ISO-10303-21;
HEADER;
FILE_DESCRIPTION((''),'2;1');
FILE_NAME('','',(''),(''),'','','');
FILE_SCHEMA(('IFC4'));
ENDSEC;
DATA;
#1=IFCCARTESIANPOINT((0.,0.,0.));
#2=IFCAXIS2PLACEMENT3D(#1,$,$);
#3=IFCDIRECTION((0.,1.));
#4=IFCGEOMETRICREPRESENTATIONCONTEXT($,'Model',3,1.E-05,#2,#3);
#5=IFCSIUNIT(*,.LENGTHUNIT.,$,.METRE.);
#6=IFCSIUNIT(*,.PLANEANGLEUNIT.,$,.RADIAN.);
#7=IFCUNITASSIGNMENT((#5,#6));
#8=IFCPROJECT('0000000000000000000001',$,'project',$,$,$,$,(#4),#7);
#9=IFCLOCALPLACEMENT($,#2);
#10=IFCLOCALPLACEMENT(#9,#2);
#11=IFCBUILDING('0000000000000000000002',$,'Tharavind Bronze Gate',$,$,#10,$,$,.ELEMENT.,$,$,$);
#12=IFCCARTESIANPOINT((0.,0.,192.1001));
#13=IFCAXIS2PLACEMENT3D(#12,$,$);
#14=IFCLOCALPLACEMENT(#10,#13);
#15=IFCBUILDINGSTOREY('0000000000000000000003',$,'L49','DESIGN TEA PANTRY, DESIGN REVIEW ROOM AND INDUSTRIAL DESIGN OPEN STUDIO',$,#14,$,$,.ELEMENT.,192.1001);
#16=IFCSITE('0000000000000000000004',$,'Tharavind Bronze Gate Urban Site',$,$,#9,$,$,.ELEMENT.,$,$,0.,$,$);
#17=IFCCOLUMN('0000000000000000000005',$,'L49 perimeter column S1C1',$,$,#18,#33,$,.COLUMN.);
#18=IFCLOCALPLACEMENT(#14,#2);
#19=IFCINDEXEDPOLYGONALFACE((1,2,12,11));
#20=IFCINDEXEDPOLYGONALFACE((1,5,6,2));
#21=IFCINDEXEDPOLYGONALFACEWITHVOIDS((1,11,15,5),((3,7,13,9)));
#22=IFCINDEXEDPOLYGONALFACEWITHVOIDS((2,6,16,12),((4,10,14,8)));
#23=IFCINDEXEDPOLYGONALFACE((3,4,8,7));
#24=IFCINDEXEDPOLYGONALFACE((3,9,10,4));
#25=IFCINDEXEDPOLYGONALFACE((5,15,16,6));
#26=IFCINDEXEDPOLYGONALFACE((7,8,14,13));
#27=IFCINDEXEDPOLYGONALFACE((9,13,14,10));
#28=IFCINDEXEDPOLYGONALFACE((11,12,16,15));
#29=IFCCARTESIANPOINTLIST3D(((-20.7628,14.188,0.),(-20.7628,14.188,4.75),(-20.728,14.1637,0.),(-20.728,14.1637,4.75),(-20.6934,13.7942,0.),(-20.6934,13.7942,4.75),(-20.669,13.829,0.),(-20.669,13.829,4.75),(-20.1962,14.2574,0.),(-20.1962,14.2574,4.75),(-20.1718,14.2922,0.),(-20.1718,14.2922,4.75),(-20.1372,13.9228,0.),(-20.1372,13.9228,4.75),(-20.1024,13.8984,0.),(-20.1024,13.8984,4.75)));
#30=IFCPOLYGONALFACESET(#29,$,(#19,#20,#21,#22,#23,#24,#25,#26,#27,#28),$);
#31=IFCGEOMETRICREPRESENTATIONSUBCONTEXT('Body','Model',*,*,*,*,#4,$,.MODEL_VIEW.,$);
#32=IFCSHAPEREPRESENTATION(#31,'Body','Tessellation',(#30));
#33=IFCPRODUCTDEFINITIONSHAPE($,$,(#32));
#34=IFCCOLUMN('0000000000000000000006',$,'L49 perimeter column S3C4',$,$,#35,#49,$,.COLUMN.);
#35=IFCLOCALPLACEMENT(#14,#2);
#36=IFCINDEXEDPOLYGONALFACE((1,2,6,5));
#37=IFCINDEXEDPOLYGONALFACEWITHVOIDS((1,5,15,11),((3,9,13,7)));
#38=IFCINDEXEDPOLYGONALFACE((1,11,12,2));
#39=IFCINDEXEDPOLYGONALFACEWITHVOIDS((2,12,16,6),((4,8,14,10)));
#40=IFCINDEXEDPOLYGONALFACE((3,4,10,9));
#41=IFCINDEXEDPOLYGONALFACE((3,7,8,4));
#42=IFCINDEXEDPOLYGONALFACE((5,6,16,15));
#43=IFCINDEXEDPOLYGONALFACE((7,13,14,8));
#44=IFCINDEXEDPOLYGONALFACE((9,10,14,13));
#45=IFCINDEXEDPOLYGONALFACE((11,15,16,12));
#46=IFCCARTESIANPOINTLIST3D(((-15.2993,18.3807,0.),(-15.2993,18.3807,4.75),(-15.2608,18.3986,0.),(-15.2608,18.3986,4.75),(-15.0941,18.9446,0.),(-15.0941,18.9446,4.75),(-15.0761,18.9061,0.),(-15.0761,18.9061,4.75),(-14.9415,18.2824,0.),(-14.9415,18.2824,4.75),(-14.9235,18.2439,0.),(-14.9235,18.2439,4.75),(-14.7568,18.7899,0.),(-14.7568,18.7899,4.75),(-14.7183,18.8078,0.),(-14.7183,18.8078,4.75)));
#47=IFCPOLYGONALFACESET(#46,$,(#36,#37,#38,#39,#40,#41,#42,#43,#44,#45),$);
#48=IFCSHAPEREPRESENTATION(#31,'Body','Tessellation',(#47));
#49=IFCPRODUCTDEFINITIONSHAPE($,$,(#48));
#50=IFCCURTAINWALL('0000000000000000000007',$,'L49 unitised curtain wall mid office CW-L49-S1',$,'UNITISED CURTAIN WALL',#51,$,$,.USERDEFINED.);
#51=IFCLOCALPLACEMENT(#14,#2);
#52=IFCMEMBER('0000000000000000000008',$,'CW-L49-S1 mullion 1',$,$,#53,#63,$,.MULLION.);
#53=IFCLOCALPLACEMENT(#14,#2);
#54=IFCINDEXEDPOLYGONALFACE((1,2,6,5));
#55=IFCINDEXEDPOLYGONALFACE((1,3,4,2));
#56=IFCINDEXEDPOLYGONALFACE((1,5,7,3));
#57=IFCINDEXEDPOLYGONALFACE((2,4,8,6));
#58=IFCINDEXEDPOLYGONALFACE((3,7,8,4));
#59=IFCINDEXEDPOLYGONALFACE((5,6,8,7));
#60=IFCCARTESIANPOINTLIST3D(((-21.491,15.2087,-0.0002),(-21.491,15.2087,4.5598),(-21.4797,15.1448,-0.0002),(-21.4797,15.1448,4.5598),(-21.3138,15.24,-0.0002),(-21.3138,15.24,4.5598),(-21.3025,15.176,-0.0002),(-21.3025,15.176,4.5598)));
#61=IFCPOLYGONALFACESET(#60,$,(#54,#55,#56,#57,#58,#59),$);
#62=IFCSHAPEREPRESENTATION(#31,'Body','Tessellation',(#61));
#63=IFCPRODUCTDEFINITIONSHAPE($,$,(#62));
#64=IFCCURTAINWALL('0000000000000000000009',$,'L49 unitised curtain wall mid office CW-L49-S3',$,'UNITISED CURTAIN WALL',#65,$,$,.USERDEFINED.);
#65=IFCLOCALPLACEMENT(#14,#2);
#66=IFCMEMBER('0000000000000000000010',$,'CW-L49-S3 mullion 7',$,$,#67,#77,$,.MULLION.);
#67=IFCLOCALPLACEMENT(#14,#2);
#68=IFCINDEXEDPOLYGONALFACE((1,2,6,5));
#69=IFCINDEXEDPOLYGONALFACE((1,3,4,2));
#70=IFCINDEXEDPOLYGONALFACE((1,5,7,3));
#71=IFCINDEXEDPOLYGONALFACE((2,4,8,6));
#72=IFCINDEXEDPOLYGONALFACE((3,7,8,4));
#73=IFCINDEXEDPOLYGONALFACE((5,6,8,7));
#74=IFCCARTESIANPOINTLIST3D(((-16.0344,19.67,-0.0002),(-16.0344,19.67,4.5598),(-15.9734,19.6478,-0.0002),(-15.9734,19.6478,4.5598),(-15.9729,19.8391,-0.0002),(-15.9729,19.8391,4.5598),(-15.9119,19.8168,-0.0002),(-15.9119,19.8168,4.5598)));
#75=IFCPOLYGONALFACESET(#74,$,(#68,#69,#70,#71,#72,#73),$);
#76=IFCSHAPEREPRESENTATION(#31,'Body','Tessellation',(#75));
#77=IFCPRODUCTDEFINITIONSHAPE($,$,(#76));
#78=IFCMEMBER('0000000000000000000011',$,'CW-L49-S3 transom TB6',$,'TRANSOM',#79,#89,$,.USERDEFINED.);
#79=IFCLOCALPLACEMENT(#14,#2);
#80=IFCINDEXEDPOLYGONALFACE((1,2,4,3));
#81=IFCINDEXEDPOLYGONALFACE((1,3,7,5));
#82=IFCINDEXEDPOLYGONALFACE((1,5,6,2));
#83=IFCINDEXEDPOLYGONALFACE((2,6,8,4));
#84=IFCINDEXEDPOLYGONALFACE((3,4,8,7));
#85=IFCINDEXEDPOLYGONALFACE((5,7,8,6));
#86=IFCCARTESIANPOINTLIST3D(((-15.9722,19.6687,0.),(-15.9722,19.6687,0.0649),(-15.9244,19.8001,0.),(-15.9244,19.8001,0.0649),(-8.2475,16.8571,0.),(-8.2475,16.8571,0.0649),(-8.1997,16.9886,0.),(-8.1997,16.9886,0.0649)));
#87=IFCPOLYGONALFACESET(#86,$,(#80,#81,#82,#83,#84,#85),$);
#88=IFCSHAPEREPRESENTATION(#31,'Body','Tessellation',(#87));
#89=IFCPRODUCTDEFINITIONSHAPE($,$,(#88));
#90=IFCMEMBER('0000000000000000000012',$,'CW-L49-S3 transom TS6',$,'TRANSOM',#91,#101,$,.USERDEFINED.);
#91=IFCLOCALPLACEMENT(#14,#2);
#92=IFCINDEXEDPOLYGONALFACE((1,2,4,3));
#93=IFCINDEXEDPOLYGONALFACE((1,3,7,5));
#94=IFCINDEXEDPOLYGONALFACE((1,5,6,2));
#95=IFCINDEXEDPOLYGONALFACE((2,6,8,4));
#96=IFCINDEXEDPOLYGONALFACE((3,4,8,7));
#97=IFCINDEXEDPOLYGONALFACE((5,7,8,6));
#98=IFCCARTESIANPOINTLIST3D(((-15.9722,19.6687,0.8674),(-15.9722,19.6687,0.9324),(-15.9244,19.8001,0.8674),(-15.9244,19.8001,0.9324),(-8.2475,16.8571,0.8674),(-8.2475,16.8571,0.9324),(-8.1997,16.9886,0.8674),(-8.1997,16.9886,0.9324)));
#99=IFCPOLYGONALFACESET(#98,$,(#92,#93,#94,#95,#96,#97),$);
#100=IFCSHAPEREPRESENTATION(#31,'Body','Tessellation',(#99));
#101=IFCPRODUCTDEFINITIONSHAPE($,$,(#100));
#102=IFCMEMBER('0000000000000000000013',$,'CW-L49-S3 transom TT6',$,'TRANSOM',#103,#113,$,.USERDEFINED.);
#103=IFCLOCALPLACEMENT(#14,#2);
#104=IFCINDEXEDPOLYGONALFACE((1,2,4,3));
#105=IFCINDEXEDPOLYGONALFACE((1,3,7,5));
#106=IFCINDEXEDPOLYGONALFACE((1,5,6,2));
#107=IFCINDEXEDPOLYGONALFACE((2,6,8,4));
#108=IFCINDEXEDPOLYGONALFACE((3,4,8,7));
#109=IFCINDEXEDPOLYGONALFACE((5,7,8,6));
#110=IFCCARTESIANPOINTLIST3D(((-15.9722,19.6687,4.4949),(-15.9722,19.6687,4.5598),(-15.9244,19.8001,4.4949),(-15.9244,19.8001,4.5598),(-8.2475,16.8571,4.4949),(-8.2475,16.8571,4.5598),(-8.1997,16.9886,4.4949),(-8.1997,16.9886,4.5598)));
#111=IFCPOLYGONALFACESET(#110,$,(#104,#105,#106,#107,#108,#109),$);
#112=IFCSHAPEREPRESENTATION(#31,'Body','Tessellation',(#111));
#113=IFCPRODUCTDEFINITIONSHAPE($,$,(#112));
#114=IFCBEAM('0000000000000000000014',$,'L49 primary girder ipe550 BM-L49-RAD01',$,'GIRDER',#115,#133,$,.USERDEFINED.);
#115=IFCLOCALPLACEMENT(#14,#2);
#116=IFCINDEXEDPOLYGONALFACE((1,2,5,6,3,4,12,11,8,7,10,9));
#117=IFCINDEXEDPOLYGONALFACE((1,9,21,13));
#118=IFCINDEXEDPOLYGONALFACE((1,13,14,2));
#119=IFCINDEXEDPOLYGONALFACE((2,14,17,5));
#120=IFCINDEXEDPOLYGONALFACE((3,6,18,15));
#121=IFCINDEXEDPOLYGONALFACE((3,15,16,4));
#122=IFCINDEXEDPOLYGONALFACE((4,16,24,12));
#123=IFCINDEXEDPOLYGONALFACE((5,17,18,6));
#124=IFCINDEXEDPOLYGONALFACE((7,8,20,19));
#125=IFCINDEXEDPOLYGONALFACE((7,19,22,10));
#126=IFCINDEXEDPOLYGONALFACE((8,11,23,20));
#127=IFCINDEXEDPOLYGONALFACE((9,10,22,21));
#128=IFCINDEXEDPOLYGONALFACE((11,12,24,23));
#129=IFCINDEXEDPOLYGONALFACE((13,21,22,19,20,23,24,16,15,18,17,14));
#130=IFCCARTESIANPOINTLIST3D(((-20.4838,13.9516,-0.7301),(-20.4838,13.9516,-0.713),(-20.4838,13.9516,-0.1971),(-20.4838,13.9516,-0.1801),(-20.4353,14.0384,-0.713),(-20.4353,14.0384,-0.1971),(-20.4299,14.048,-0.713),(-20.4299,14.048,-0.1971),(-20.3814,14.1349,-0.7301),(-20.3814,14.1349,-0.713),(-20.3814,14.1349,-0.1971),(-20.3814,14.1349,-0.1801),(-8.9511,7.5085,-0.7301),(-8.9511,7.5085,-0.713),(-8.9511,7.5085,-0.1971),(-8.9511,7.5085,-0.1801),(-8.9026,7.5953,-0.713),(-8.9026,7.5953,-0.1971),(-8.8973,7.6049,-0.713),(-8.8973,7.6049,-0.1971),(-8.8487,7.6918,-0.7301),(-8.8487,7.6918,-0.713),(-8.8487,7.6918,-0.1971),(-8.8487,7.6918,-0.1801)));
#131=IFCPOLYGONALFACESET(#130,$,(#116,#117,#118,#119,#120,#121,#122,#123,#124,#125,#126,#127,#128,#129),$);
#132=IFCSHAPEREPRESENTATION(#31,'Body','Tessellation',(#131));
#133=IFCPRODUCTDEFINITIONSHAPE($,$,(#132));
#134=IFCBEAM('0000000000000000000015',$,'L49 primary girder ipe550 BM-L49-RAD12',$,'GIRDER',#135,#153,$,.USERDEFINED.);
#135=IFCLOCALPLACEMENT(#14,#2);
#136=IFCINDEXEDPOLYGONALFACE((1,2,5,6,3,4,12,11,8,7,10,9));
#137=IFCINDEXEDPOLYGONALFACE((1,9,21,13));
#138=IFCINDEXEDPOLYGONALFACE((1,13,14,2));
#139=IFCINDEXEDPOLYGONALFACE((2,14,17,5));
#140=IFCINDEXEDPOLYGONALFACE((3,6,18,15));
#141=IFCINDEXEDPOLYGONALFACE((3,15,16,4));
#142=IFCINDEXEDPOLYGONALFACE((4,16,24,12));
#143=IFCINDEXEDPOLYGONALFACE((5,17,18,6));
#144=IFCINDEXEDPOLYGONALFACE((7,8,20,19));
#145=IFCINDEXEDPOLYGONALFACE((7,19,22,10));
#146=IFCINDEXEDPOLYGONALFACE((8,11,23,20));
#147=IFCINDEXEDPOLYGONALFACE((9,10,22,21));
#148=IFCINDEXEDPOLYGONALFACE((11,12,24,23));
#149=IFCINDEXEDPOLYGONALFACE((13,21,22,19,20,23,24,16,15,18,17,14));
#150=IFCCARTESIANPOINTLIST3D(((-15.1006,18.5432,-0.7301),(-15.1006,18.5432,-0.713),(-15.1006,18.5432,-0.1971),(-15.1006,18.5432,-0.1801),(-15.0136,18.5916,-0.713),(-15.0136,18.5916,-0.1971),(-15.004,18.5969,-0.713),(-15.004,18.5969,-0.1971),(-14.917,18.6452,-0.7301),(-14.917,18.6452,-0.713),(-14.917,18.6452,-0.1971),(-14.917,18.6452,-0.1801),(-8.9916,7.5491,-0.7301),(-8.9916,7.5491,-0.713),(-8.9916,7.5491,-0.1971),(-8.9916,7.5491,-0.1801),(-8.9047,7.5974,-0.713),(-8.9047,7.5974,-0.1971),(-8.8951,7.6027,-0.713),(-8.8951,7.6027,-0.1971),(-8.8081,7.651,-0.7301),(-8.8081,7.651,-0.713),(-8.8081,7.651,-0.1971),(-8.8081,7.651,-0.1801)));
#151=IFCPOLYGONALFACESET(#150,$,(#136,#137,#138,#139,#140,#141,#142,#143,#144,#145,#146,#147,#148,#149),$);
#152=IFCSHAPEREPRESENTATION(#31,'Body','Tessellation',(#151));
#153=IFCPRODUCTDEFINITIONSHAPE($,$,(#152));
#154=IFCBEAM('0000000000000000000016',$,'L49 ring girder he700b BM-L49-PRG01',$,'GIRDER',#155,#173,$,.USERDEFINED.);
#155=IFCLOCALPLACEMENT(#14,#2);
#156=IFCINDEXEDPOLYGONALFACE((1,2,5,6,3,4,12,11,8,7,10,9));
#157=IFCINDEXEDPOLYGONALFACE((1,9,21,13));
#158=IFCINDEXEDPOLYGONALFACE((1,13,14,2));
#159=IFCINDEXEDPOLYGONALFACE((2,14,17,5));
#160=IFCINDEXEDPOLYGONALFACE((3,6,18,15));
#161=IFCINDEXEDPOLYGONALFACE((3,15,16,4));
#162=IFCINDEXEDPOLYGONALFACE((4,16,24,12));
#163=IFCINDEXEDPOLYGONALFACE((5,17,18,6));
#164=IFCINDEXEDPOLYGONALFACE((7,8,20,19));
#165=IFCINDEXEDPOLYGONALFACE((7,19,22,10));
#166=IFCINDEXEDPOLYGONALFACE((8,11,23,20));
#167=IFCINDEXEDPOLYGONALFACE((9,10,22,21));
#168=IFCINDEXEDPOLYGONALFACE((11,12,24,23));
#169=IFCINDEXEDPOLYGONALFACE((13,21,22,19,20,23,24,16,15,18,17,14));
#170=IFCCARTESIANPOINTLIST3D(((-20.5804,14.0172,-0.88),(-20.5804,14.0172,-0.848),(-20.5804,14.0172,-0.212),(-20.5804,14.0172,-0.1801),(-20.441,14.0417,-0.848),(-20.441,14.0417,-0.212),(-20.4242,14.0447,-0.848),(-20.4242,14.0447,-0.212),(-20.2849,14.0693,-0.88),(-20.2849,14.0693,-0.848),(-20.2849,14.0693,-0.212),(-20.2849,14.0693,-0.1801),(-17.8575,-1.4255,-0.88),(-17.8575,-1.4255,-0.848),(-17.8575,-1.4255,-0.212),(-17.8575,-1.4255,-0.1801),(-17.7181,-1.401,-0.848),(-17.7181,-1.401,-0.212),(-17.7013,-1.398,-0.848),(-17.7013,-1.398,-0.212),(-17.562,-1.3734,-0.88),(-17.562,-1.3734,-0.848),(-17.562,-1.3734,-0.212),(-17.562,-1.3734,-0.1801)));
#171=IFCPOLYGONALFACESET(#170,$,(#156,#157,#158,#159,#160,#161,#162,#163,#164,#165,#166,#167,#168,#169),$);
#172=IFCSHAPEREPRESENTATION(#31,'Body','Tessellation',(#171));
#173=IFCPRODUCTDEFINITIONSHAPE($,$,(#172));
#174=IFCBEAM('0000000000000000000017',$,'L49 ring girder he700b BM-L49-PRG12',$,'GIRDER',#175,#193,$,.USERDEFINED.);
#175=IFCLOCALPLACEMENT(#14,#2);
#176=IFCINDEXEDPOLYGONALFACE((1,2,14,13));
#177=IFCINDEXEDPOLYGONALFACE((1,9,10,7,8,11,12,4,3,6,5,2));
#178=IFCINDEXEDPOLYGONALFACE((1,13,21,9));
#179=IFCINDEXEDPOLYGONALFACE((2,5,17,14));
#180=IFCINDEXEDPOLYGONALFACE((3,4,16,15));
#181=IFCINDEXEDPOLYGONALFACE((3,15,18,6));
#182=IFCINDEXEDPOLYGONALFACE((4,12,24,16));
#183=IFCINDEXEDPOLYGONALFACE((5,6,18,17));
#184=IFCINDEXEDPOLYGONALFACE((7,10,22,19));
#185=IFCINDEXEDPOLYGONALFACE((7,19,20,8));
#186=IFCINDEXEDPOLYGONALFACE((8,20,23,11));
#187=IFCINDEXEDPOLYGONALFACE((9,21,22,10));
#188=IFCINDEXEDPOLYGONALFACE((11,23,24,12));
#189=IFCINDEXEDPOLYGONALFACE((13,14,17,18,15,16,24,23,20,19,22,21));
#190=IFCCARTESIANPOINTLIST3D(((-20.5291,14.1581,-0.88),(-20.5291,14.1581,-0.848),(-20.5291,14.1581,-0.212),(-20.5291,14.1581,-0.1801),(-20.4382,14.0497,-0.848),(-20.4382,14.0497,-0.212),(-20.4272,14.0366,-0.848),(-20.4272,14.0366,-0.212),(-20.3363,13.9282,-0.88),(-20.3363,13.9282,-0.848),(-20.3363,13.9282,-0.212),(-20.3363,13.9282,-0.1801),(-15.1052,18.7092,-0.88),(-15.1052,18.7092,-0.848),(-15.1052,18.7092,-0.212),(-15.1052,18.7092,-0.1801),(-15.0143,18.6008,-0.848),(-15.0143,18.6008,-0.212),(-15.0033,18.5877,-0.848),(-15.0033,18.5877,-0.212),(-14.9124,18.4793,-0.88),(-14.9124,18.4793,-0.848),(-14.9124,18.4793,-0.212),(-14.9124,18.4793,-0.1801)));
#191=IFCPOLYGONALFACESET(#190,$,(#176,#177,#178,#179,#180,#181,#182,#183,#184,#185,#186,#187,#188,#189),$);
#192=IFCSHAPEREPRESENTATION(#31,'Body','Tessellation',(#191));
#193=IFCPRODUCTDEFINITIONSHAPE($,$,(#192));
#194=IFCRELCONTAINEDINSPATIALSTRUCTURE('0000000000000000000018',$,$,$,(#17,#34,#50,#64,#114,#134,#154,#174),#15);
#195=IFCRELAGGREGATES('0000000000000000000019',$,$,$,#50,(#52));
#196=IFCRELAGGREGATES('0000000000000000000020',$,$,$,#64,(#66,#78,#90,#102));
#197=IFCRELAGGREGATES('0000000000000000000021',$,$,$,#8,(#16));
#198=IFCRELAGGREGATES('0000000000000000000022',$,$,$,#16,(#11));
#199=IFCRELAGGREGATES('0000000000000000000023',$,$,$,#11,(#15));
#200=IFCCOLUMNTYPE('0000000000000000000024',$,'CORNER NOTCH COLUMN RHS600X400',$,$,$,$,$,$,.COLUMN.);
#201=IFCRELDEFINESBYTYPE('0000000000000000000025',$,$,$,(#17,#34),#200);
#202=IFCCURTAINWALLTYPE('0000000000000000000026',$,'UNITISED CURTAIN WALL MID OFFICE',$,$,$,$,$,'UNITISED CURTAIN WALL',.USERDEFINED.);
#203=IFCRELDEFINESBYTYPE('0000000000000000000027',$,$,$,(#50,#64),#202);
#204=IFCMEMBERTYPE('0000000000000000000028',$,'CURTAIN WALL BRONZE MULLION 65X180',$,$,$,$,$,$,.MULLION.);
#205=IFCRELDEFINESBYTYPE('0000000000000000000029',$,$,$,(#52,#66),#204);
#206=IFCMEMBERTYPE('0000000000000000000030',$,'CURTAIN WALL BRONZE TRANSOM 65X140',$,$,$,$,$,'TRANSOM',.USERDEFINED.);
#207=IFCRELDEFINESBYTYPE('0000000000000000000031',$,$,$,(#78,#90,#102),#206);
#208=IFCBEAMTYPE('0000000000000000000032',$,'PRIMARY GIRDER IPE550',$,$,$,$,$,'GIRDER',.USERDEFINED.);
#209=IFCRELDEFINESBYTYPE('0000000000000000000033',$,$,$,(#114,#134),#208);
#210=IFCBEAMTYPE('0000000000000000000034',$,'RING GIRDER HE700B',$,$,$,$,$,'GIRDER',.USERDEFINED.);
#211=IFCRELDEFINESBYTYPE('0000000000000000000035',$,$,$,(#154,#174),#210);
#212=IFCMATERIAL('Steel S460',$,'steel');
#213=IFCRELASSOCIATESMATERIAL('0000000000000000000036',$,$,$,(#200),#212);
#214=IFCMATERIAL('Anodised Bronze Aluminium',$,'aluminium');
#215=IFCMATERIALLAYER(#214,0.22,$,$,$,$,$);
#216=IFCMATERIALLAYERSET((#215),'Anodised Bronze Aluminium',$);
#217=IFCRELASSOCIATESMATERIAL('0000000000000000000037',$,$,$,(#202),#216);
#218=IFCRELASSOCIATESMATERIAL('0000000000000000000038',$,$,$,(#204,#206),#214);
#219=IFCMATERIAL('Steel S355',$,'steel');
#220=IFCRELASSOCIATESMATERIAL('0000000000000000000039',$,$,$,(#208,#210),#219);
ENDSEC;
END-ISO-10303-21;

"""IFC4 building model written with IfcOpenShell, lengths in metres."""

from ifc_helpers import new_model, si_unit, direction, frame, origin, origin_2d, place, context, subcontext, project, spatial, rectangle, hollow_rectangle, i_section, extrude, material, layer, layer_set, material_profile, profile_set, type_object, element, aggregate, save


model = new_model("IFC4")

# Units and contexts
model_context = context("Model", 3, precision=1e-05, world=origin(), true_north=direction((0.0, 1.0)))
body_context = subcontext(model_context, "Body", "Model", "MODEL_VIEW")
ifc_project = project(units=[si_unit("LENGTHUNIT", "METRE"), si_unit("PLANEANGLEUNIT", "RADIAN")], contexts=[model_context])

# Site, building, storey
site_placement = place(None, origin())
site = spatial("IfcSite", under=ifc_project, at=site_placement, Name="Tharavind Bronze Gate Urban Site", CompositionType="ELEMENT", RefElevation=0.0)
building_placement = place(site_placement, origin())
building = spatial("IfcBuilding", under=site, at=building_placement, Name="Tharavind Bronze Gate", CompositionType="ELEMENT")
storey_placement = place(building_placement, frame((0.0, 0.0, 192.1001)))
storey = spatial("IfcBuildingStorey", under=building, at=storey_placement, Name="L49", Description="DESIGN TEA PANTRY, DESIGN REVIEW ROOM AND INDUSTRIAL DESIGN OPEN STUDIO", CompositionType="ELEMENT", Elevation=192.1001)

# Columns
ifc_material_1 = material(Name="Steel S460", Category="steel")
ifc_material_profile_1 = material_profile(ifc_material_1, hollow_rectangle(XDim=0.3999, YDim=0.6001, WallThickness=0.03, at=origin_2d()), Name="RHS600X400X30")
ifc_profile_set_1 = profile_set([ifc_material_profile_1], Name="Steel S460")
column_type = type_object("IfcColumnType", Name="CORNER NOTCH COLUMN RHS600X400", PredefinedType="COLUMN", material=ifc_profile_set_1)
for number, where, z_axis, x_axis, name in (
    (1, (-20.4326, 14.0432, 0.0), (0.0, 0.0, 1.0), (-0.173648, 0.984808, 0.0), "L49 perimeter column S1C1"),
    (2, (-15.0088, 18.5942, 0.0), (0.0, 0.0, 1.0), (-0.939692, 0.342022, 0.0), "L49 perimeter column S3C4"),
):
    element("IfcColumn", number, at=place(storey_placement, frame(where, z_axis=z_axis, x_axis=x_axis)), inside=storey, type_object=column_type, Name=name, PredefinedType="COLUMN", context=body_context, shape_type="SweptSolid", body=[
        extrude(hollow_rectangle(XDim=0.3999, YDim=0.6001, WallThickness=0.03, at=origin_2d()), origin(), (0.0, 0.0, 1.0), 4.75),
    ])

# Curtain wall, member
ifc_material_2 = material(Name="Anodised Bronze Aluminium", Category="aluminium")
ifc_layer_1 = layer(ifc_material_2, 0.22)
ifc_layer_set_1 = layer_set([ifc_layer_1], Name="Anodised Bronze Aluminium")
curtain_wall_type = type_object("IfcCurtainWallType", Name="UNITISED CURTAIN WALL MID OFFICE", ElementType="UNITISED CURTAIN WALL", PredefinedType="USERDEFINED", material=ifc_layer_set_1)
curtain_wall_1_placement = place(storey_placement, origin())
curtain_wall_1 = element("IfcCurtainWall", 3, at=curtain_wall_1_placement, inside=storey, type_object=curtain_wall_type, Name="L49 unitised curtain wall mid office CW-L49-S1", ObjectType="UNITISED CURTAIN WALL", PredefinedType="USERDEFINED")
member_type_1 = type_object("IfcMemberType", Name="CURTAIN WALL BRONZE MULLION 65X180", PredefinedType="MULLION", material=ifc_material_2)
member_1_placement = place(storey_placement, frame((-21.3967, 15.1924, -0.0002), z_axis=(0.0, 0.0, 1.0), x_axis=(0.173648, -0.984808, 0.0)))
member_1 = element("IfcMember", 4, at=member_1_placement, type_object=member_type_1, Name="CW-L49-S1 mullion 1", PredefinedType="MULLION", context=body_context, shape_type="SweptSolid", body=[
    extrude(rectangle(XDim=0.0649, YDim=0.1799, at=origin_2d()), origin(), (0.0, 0.0, 1.0), 4.5601),
])

# Curtain wall, members
curtain_wall_2_placement = place(storey_placement, origin())
curtain_wall_2 = element("IfcCurtainWall", 5, at=curtain_wall_2_placement, inside=storey, type_object=curtain_wall_type, Name="L49 unitised curtain wall mid office CW-L49-S3", ObjectType="UNITISED CURTAIN WALL", PredefinedType="USERDEFINED")
member_2_placement = place(storey_placement, frame((-15.9731, 19.7434, -0.0002), z_axis=(0.0, 0.0, 1.0), x_axis=(-0.939692, 0.342022, 0.0)))
member_2 = element("IfcMember", 6, at=member_2_placement, type_object=member_type_1, Name="CW-L49-S3 mullion 7", PredefinedType="MULLION", context=body_context, shape_type="SweptSolid", body=[
    extrude(rectangle(XDim=0.0649, YDim=0.1799, at=origin_2d()), origin(), (0.0, 0.0, 1.0), 4.5601),
])
member_type_2 = type_object("IfcMemberType", Name="CURTAIN WALL BRONZE TRANSOM 65X140", ElementType="TRANSOM", PredefinedType="USERDEFINED", material=ifc_material_2)
member_3_placement = place(storey_placement, frame((-12.0859, 18.3286, 0.0), z_axis=(0.0, 0.0, 1.0), x_axis=(-0.939692, 0.342022, 0.0)))
member_3 = element("IfcMember", 7, at=member_3_placement, type_object=member_type_2, Name="CW-L49-S3 transom TB6", ObjectType="TRANSOM", PredefinedType="USERDEFINED", context=body_context, shape_type="SweptSolid", body=[
    extrude(rectangle(XDim=8.2205, YDim=0.1399, at=origin_2d()), origin(), (0.0, 0.0, 1.0), 0.0649),
])
member_4_placement = place(storey_placement, frame((-12.0859, 18.3286, 0.8674), z_axis=(0.0, 0.0, 1.0), x_axis=(-0.939692, 0.342022, 0.0)))
member_4 = element("IfcMember", 8, at=member_4_placement, type_object=member_type_2, Name="CW-L49-S3 transom TS6", ObjectType="TRANSOM", PredefinedType="USERDEFINED", context=body_context, shape_type="SweptSolid", body=[
    extrude(rectangle(XDim=8.2205, YDim=0.1399, at=origin_2d()), origin(), (0.0, 0.0, 1.0), 0.0649),
])
member_5_placement = place(storey_placement, frame((-12.0859, 18.3286, 4.4949), z_axis=(0.0, 0.0, 1.0), x_axis=(-0.939692, 0.342022, 0.0)))
member_5 = element("IfcMember", 9, at=member_5_placement, type_object=member_type_2, Name="CW-L49-S3 transom TT6", ObjectType="TRANSOM", PredefinedType="USERDEFINED", context=body_context, shape_type="SweptSolid", body=[
    extrude(rectangle(XDim=8.2205, YDim=0.1399, at=origin_2d()), origin(), (0.0, 0.0, 1.0), 0.0649),
])

# Beams
ifc_material_3 = material(Name="Steel S355", Category="steel")
ifc_material_profile_2 = material_profile(ifc_material_3, i_section(OverallWidth=0.21, OverallDepth=0.55, WebThickness=0.011, FlangeThickness=0.0171, at=origin_2d()), Name="IPE550")
ifc_profile_set_2 = profile_set([ifc_material_profile_2], Name="Steel S355")
beam_type_1 = type_object("IfcBeamType", Name="PRIMARY GIRDER IPE550", ElementType="GIRDER", PredefinedType="USERDEFINED", material=ifc_profile_set_2)
beam_1_placement = place(storey_placement, frame((-20.4326, 14.0432, -0.4551), z_axis=(0.872996, -0.487727, 0.0), x_axis=(0.487727, 0.872996, 0.0)))
element("IfcBeam", 10, at=beam_1_placement, inside=storey, type_object=beam_type_1, Name="L49 primary girder ipe550 BM-L49-RAD01", ObjectType="GIRDER", PredefinedType="USERDEFINED", context=body_context, shape_type="SweptSolid", body=[
    extrude(i_section(OverallWidth=0.21, OverallDepth=0.55, WebThickness=0.011, FlangeThickness=0.0171, at=origin_2d()), origin(), (0.0, 0.0, 1.0), 13.2104),
])
beam_2_placement = place(storey_placement, frame((-15.0088, 18.5942, -0.4551), z_axis=(0.485706, -0.874122, 0.0), x_axis=(0.874122, 0.485706, 0.0)))
element("IfcBeam", 11, at=beam_2_placement, inside=storey, type_object=beam_type_1, Name="L49 primary girder ipe550 BM-L49-RAD12", ObjectType="GIRDER", PredefinedType="USERDEFINED", context=body_context, shape_type="SweptSolid", body=[
    extrude(i_section(OverallWidth=0.21, OverallDepth=0.55, WebThickness=0.011, FlangeThickness=0.0171, at=origin_2d()), origin(), (0.0, 0.0, 1.0), 12.5774),
])
ifc_material_profile_3 = material_profile(ifc_material_3, i_section(OverallWidth=0.3, OverallDepth=0.7, WebThickness=0.0171, FlangeThickness=0.032, at=origin_2d()), Name="HE700B")
ifc_profile_set_3 = profile_set([ifc_material_profile_3], Name="Steel S355")
beam_type_2 = type_object("IfcBeamType", Name="RING GIRDER HE700B", ElementType="GIRDER", PredefinedType="USERDEFINED", material=ifc_profile_set_3)
beam_3_placement = place(storey_placement, frame((-20.4326, 14.0432, -0.53), z_axis=(0.173645, -0.984808, 0.0), x_axis=(0.984808, 0.173645, 0.0)))
element("IfcBeam", 12, at=beam_3_placement, inside=storey, type_object=beam_type_2, Name="L49 ring girder he700b BM-L49-PRG01", ObjectType="GIRDER", PredefinedType="USERDEFINED", context=body_context, shape_type="SweptSolid", body=[
    extrude(i_section(OverallWidth=0.3, OverallDepth=0.7, WebThickness=0.0171, FlangeThickness=0.032, at=origin_2d()), origin(), (0.0, 0.0, 1.0), 15.6809),
])
beam_4_placement = place(storey_placement, frame((-15.0088, 18.5942, -0.53), z_axis=(-0.766052, -0.642779, 0.0), x_axis=(0.642779, -0.766052, 0.0)))
element("IfcBeam", 13, at=beam_4_placement, inside=storey, type_object=beam_type_2, Name="L49 ring girder he700b BM-L49-PRG12", ObjectType="GIRDER", PredefinedType="USERDEFINED", context=body_context, shape_type="SweptSolid", body=[
    extrude(i_section(OverallWidth=0.3, OverallDepth=0.7, WebThickness=0.0171, FlangeThickness=0.032, at=origin_2d()), origin(), (0.0, 0.0, 1.0), 7.0803),
])

aggregate(curtain_wall_1, [member_1])
aggregate(curtain_wall_2, [member_2, member_3, member_4, member_5])

save(model, "model.ifc")
